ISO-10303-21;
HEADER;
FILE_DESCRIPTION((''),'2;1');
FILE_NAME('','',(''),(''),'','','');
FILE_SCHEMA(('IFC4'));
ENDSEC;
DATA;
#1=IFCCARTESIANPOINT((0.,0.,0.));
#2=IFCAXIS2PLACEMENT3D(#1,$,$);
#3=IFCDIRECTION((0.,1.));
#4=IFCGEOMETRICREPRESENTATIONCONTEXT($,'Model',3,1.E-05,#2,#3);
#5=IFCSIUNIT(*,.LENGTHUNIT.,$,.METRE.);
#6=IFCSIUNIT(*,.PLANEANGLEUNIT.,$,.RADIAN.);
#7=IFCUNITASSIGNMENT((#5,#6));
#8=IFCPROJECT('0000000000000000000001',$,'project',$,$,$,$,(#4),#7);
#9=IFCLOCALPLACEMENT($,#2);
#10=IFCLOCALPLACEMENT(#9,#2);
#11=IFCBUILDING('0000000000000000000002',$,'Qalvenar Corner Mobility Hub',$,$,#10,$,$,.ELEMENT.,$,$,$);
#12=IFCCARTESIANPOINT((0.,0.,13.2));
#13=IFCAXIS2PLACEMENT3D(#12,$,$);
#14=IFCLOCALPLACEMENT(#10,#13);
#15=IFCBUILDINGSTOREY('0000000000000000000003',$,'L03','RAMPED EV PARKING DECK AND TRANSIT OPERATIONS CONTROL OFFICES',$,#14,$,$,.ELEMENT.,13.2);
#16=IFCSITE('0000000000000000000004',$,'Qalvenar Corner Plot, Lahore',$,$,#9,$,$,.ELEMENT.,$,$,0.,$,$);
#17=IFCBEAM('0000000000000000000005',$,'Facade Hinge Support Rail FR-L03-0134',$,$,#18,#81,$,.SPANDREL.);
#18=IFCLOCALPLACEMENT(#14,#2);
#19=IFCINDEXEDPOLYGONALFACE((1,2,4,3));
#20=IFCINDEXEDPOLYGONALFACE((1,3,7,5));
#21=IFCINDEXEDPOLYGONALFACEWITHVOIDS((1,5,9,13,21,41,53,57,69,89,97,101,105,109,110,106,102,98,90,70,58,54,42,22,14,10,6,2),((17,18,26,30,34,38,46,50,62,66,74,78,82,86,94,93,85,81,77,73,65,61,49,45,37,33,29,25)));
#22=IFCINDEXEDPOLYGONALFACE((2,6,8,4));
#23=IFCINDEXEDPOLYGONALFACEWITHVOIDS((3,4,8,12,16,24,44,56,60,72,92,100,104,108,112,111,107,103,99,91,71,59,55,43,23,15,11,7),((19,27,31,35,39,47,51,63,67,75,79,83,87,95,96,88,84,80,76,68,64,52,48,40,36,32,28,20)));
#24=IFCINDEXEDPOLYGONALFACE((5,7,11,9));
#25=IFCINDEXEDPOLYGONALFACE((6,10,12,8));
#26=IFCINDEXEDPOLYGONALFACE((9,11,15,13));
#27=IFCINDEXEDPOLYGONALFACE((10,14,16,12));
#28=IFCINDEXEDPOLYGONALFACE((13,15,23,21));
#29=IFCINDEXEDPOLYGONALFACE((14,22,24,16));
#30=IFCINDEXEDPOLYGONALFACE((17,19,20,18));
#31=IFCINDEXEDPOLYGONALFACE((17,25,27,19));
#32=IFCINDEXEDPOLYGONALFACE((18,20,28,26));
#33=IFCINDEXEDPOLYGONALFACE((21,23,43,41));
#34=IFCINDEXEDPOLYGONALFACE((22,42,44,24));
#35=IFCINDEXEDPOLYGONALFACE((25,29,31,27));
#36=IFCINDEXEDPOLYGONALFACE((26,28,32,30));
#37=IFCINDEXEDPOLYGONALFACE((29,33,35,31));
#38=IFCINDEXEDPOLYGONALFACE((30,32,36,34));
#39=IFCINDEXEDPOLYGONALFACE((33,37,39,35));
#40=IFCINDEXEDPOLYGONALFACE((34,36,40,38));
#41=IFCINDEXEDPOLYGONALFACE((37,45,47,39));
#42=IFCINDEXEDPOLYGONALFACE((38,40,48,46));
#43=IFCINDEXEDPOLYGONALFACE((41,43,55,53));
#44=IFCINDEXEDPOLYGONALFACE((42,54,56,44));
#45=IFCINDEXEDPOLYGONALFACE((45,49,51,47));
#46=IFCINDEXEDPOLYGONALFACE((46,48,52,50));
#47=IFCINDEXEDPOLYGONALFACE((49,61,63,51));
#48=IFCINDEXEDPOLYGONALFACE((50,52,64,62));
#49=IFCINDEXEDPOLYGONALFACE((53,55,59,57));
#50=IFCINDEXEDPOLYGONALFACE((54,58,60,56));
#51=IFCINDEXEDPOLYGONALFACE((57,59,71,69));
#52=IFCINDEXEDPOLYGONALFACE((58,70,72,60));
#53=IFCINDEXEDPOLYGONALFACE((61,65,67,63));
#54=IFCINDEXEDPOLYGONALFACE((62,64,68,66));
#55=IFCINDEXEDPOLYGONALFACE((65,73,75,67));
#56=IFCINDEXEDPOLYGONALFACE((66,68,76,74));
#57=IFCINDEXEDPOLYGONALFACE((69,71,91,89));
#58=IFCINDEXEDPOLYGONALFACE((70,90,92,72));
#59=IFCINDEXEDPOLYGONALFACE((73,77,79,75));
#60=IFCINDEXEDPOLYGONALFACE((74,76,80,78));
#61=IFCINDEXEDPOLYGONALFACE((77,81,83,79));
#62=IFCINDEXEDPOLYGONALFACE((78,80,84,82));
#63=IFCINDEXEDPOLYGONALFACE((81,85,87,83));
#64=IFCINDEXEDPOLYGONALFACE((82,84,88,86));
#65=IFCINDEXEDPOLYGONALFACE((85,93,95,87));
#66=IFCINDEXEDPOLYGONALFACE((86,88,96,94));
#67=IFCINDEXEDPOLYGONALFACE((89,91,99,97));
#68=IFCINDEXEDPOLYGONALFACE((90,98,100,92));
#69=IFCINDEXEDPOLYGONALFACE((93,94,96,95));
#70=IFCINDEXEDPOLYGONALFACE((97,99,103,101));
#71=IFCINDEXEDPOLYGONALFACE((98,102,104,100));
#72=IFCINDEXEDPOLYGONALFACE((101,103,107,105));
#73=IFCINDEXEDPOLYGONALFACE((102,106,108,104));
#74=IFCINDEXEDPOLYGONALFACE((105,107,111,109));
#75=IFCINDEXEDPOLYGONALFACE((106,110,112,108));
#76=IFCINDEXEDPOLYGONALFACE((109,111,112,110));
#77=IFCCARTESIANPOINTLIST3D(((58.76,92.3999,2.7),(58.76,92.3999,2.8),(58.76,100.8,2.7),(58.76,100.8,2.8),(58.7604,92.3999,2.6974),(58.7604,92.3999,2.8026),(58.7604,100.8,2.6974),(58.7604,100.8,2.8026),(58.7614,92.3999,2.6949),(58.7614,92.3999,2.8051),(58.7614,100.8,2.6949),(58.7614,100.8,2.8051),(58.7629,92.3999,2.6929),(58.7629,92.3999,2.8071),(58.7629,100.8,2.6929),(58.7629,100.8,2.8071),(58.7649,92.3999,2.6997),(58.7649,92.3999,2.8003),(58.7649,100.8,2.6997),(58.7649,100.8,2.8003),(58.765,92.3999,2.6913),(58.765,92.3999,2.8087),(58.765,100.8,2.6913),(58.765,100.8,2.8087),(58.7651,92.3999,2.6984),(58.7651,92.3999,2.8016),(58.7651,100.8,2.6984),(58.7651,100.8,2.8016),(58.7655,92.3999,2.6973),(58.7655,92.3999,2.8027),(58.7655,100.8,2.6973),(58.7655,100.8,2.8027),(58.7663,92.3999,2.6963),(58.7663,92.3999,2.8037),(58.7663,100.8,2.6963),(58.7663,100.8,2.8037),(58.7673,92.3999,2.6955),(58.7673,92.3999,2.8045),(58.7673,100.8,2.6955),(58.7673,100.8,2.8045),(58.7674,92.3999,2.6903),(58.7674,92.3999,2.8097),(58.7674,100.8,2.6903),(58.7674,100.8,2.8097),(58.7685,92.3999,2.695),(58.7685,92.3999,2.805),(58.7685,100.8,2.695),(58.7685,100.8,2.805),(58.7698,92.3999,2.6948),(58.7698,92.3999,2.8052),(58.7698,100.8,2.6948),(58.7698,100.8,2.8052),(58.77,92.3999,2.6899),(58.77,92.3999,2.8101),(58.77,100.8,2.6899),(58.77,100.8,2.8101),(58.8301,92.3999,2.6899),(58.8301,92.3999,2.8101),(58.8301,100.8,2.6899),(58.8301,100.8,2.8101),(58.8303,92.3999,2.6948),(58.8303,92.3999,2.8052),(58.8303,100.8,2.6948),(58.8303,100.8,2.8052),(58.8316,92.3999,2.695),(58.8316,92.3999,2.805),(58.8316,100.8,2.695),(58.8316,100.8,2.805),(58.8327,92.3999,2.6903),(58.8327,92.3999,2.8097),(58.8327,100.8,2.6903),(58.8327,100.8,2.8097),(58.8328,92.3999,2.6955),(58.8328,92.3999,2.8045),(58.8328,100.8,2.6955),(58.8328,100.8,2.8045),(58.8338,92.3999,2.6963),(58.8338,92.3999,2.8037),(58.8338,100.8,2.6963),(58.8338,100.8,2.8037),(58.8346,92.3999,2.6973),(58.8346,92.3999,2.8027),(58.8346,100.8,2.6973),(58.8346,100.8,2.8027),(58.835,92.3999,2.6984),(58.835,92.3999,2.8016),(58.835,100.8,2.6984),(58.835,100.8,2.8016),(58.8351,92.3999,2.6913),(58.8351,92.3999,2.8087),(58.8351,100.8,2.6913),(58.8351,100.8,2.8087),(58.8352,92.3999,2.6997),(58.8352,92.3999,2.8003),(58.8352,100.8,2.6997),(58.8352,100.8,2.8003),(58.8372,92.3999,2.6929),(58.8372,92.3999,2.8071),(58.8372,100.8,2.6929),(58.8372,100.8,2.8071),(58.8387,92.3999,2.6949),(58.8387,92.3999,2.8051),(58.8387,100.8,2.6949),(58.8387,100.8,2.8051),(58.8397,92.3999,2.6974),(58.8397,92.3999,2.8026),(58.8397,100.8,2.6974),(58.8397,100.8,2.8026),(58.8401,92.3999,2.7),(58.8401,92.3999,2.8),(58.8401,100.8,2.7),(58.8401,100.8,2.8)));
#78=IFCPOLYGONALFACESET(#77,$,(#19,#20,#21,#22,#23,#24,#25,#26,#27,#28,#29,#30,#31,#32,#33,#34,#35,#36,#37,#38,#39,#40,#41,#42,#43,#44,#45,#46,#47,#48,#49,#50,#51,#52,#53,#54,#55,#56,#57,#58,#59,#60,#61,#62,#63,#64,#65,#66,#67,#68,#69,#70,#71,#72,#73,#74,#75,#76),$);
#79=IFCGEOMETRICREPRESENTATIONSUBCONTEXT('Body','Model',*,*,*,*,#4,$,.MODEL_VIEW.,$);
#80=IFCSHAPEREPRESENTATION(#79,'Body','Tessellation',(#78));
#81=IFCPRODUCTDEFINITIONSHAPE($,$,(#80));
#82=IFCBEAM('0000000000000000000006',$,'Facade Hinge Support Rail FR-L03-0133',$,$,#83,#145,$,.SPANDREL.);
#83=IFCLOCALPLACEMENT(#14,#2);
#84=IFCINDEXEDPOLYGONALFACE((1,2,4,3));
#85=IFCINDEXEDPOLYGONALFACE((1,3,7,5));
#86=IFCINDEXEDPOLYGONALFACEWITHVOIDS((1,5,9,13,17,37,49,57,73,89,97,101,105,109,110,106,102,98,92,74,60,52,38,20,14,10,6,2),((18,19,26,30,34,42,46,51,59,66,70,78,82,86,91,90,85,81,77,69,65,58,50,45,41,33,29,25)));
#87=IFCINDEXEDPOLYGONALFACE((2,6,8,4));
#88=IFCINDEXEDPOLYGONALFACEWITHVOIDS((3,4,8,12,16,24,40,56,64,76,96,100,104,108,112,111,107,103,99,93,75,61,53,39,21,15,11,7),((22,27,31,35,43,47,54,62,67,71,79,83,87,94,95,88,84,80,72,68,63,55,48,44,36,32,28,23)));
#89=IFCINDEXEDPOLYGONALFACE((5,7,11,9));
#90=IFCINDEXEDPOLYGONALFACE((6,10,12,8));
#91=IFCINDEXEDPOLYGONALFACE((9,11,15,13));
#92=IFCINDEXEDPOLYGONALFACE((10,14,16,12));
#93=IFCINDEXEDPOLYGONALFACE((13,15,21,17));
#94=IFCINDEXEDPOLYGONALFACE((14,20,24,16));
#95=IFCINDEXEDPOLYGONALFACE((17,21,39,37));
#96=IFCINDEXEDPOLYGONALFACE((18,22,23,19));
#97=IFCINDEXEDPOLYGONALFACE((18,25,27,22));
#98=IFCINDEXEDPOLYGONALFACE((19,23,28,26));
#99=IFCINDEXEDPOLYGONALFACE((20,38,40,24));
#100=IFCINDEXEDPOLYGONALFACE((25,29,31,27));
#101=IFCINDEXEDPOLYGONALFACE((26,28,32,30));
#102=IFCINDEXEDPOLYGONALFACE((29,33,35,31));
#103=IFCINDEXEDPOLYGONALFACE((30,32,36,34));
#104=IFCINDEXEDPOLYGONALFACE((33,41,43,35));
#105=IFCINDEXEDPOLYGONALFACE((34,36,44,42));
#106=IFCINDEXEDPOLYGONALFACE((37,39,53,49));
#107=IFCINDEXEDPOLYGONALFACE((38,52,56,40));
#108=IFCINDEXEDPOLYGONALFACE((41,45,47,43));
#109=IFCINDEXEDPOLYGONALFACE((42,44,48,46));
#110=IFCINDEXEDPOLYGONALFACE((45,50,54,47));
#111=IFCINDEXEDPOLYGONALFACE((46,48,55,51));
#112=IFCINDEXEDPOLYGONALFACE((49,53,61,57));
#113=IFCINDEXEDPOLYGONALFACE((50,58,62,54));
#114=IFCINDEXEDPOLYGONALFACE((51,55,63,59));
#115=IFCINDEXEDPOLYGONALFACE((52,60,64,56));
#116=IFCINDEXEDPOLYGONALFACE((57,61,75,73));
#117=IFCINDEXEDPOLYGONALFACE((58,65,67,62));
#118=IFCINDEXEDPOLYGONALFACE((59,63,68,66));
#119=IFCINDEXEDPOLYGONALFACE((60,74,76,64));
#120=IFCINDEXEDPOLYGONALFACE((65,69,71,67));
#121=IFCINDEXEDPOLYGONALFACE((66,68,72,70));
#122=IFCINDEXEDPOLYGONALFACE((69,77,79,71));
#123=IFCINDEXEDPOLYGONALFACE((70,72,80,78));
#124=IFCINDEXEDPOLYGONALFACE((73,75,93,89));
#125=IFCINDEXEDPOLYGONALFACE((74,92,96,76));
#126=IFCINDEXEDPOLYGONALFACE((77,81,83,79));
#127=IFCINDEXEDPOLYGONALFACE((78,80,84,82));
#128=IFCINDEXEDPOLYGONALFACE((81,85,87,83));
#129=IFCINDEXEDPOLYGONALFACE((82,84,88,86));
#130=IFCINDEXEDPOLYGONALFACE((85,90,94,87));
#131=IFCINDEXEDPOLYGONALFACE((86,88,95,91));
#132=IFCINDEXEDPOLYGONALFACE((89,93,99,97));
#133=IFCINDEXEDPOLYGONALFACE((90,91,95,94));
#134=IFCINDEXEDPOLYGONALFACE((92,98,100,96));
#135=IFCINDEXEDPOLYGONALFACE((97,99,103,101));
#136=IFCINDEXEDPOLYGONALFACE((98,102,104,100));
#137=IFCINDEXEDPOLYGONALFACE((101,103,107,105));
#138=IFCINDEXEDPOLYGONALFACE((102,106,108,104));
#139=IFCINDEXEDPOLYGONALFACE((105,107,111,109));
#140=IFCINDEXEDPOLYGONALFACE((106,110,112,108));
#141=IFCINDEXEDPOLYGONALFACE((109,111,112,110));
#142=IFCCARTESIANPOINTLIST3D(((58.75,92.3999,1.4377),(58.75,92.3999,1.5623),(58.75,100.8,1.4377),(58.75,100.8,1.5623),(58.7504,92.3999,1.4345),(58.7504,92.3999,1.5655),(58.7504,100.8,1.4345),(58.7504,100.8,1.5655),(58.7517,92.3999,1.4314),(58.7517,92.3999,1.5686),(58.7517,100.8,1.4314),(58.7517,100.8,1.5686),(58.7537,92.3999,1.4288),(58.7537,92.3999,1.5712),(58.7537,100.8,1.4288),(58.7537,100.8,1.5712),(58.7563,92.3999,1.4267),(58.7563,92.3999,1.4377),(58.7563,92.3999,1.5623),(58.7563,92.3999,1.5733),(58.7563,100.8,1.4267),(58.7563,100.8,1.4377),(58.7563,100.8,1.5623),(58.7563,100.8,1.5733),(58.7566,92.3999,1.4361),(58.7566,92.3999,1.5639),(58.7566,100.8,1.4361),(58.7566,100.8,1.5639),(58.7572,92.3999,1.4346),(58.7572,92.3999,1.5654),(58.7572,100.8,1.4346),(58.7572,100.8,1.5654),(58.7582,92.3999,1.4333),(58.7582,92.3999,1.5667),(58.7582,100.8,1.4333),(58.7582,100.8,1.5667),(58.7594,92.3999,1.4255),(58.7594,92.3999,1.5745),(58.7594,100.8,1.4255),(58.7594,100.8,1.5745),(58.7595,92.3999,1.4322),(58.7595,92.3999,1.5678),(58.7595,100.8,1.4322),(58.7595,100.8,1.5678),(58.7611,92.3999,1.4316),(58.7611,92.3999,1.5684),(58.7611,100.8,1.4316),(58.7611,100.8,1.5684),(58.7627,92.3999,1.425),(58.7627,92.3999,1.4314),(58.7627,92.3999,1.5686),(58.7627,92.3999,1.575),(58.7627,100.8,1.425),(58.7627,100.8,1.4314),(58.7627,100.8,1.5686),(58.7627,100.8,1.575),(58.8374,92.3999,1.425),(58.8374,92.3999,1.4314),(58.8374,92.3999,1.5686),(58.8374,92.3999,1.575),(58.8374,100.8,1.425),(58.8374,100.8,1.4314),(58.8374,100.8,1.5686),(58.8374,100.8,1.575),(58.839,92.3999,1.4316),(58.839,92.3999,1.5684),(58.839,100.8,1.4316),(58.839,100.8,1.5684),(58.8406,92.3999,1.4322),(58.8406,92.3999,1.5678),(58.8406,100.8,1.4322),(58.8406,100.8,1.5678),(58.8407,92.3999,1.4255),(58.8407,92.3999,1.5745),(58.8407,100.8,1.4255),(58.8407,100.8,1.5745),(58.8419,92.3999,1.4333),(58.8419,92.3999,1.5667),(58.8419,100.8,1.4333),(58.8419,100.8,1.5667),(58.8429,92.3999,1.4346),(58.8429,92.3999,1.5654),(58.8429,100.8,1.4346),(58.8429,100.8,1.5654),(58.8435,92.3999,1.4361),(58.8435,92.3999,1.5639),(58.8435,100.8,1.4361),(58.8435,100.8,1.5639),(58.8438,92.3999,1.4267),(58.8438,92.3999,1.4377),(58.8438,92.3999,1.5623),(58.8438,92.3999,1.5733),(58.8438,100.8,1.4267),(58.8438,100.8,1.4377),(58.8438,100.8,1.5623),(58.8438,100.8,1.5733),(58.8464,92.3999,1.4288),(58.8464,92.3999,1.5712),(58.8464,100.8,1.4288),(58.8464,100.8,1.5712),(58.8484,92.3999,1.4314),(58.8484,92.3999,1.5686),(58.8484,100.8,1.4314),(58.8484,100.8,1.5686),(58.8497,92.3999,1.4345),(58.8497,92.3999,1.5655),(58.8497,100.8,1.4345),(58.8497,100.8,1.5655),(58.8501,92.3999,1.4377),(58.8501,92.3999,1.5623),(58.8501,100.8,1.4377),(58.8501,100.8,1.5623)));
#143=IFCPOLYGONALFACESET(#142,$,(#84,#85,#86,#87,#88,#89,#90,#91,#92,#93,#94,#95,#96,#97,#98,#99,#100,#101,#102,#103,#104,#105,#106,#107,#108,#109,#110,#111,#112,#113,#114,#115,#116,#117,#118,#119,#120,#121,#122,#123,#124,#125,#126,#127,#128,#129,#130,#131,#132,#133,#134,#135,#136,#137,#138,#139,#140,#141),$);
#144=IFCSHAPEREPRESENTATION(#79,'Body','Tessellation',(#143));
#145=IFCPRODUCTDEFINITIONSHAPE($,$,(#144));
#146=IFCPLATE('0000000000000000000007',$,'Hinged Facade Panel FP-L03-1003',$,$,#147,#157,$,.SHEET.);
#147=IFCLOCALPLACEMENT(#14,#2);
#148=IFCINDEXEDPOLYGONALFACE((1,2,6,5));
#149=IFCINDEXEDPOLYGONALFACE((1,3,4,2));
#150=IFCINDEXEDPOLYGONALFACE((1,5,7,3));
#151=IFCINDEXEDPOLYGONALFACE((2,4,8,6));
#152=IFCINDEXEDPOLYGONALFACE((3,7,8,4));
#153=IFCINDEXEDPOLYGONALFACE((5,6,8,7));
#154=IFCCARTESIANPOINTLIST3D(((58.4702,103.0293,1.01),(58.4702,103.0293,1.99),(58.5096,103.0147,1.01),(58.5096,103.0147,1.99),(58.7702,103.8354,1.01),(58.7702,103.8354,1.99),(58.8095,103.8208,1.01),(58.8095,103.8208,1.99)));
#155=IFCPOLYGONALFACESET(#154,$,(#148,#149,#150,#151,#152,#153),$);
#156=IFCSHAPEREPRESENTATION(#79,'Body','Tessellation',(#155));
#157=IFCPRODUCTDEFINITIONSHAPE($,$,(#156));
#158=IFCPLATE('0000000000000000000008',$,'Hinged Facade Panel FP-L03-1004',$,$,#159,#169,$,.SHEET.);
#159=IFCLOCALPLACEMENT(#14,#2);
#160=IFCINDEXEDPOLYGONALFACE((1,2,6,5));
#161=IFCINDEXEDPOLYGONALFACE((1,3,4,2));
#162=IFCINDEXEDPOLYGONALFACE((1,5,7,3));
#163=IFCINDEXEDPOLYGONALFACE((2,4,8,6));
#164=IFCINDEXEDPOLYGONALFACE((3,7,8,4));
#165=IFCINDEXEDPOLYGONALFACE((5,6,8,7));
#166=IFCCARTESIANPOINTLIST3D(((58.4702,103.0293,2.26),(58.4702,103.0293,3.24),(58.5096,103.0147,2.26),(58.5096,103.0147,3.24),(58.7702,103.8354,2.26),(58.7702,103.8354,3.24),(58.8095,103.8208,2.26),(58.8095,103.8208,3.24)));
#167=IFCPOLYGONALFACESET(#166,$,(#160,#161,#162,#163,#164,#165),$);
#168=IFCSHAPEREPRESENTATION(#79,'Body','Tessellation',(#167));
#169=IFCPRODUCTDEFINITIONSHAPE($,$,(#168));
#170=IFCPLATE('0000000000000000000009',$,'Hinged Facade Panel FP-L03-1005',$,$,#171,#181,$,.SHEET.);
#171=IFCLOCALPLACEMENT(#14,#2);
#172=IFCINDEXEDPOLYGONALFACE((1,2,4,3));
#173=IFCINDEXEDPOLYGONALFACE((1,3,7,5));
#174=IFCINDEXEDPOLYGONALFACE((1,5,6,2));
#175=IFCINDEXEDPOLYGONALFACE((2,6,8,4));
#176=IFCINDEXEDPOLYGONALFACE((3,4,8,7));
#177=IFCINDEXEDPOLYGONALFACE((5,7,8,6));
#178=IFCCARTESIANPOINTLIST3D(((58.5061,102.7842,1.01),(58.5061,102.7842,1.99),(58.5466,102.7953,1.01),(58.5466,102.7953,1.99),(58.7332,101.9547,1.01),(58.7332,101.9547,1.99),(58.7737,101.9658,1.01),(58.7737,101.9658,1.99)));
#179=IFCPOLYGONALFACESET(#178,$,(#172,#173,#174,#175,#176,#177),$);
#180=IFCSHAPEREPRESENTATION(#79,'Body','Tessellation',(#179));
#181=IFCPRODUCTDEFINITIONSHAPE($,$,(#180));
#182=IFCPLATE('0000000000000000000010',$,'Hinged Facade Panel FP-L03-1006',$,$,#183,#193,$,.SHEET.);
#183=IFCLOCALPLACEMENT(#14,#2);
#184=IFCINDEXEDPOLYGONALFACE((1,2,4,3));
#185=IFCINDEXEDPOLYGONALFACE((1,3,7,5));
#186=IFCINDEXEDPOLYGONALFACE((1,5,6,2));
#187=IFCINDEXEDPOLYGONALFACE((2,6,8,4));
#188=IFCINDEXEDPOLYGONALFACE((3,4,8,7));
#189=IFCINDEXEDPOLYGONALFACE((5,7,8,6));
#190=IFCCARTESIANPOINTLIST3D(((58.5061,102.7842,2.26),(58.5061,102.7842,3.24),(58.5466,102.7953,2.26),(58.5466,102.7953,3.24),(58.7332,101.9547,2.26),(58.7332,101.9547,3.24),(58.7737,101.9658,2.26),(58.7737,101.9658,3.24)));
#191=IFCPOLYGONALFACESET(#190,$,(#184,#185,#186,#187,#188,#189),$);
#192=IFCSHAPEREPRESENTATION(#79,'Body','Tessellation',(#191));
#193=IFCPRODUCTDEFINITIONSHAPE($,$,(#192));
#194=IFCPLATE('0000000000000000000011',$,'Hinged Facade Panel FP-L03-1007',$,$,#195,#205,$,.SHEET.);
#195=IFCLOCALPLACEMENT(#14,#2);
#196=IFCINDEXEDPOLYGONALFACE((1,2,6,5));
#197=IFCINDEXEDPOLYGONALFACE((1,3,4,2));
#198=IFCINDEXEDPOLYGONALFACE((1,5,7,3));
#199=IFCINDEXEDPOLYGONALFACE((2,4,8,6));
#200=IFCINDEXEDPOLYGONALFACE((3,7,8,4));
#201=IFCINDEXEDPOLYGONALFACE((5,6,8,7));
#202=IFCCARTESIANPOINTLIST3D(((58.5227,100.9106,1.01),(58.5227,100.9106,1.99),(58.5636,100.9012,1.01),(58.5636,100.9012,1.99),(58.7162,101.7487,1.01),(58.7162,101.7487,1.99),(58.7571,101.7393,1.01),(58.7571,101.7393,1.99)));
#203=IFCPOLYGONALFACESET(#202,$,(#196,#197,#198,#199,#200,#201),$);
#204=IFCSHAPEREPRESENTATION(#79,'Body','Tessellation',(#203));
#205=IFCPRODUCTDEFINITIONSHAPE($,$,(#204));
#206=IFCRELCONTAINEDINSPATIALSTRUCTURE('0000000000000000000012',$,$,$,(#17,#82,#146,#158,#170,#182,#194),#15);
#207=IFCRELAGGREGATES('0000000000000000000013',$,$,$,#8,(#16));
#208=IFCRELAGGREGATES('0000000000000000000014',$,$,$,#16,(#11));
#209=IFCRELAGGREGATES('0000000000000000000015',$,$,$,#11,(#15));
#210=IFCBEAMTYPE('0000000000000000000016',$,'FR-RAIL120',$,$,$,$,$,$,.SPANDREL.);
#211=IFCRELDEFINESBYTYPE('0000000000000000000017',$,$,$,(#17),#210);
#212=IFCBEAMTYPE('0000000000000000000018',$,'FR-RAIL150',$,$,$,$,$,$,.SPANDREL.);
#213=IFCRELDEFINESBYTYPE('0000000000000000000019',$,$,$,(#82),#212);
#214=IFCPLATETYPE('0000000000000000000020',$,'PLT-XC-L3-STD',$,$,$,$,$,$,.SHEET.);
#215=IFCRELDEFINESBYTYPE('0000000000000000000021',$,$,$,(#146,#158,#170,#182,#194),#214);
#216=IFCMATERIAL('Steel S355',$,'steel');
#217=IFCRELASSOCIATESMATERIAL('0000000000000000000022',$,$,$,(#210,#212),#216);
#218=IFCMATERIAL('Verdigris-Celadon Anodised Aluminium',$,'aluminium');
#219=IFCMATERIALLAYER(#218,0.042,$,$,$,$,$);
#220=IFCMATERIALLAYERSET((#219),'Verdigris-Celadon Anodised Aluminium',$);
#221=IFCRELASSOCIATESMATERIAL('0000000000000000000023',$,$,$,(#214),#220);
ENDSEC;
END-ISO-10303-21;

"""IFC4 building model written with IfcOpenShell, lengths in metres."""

from ifc_helpers import new_model, si_unit, direction, frame, origin, origin_2d, place, context, subcontext, project, spatial, rectangle, hollow_rectangle, extrude, material, layer, layer_set, material_profile, profile_set, type_object, element, save


model = new_model("IFC4")

# Units and contexts
model_context = context("Model", 3, precision=1e-05, world=origin(), true_north=direction((0.0, 1.0)))
body_context = subcontext(model_context, "Body", "Model", "MODEL_VIEW")
ifc_project = project(units=[si_unit("LENGTHUNIT", "METRE"), si_unit("PLANEANGLEUNIT", "RADIAN")], contexts=[model_context])

# Site, building, storey
site_placement = place(None, origin())
site = spatial("IfcSite", under=ifc_project, at=site_placement, Name="Qalvenar Corner Plot, Lahore", CompositionType="ELEMENT", RefElevation=0.0)
building_placement = place(site_placement, origin())
building = spatial("IfcBuilding", under=site, at=building_placement, Name="Qalvenar Corner Mobility Hub", CompositionType="ELEMENT")
storey_placement = place(building_placement, frame((0.0, 0.0, 13.2)))
storey = spatial("IfcBuildingStorey", under=building, at=storey_placement, Name="L03", Description="RAMPED EV PARKING DECK AND TRANSIT OPERATIONS CONTROL OFFICES", CompositionType="ELEMENT", Elevation=13.2)

# Shared definitions
ifc_material_1 = material(Name="Steel S355", Category="steel")

# Beams
ifc_material_profile_1 = material_profile(ifc_material_1, hollow_rectangle(XDim=0.0801, YDim=0.1201, WallThickness=0.0049, InnerFilletRadius=0.0049, OuterFilletRadius=0.01, at=origin_2d()), Name="RHS120x80x5")
ifc_profile_set_1 = profile_set([ifc_material_profile_1], Name="Steel S355")
beam_type_1 = type_object("IfcBeamType", Name="FR-RAIL120", PredefinedType="SPANDREL", material=ifc_profile_set_1)
beam_1_placement = place(storey_placement, frame((58.8, 100.8, 2.75), z_axis=(0.0, -1.0, 0.0), x_axis=(1.0, 0.0, 0.0)))
element("IfcBeam", 1, at=beam_1_placement, inside=storey, type_object=beam_type_1, Name="Facade Hinge Support Rail FR-L03-0134", PredefinedType="SPANDREL", context=body_context, shape_type="SweptSolid", body=[
    extrude(hollow_rectangle(XDim=0.0801, YDim=0.1201, WallThickness=0.0049, InnerFilletRadius=0.0049, OuterFilletRadius=0.01, at=origin_2d()), origin(), (0.0, 0.0, 1.0), 8.4001),
])
ifc_material_profile_2 = material_profile(ifc_material_1, hollow_rectangle(XDim=0.1001, YDim=0.1499, WallThickness=0.0063, InnerFilletRadius=0.0063, OuterFilletRadius=0.0127, at=origin_2d()), Name="RHS150x100x6.3")
ifc_profile_set_2 = profile_set([ifc_material_profile_2], Name="Steel S355")
beam_type_2 = type_object("IfcBeamType", Name="FR-RAIL150", PredefinedType="SPANDREL", material=ifc_profile_set_2)
beam_2_placement = place(storey_placement, frame((58.8, 100.8, 1.5), z_axis=(0.0, -1.0, 0.0), x_axis=(1.0, 0.0, 0.0)))
element("IfcBeam", 2, at=beam_2_placement, inside=storey, type_object=beam_type_2, Name="Facade Hinge Support Rail FR-L03-0133", PredefinedType="SPANDREL", context=body_context, shape_type="SweptSolid", body=[
    extrude(hollow_rectangle(XDim=0.1001, YDim=0.1499, WallThickness=0.0063, InnerFilletRadius=0.0063, OuterFilletRadius=0.0127, at=origin_2d()), origin(), (0.0, 0.0, 1.0), 8.4001),
])

# Plates
ifc_material_2 = material(Name="Verdigris-Celadon Anodised Aluminium", Category="aluminium")
ifc_layer = layer(ifc_material_2, 0.042)
ifc_layer_set = layer_set([ifc_layer], Name="Verdigris-Celadon Anodised Aluminium")
plate_type = type_object("IfcPlateType", Name="PLT-XC-L3-STD", PredefinedType="SHEET", material=ifc_layer_set)
for number, where, z_axis, x_axis, name in (
    (3, (58.6399, 103.425, 1.01), (0.0, 0.0, 1.0), (-0.348736, -0.937221, 0.0), "Hinged Facade Panel FP-L03-1003"),
    (4, (58.6399, 103.425, 2.26), (0.0, 0.0, 1.0), (-0.348736, -0.937221, 0.0), "Hinged Facade Panel FP-L03-1004"),
    (5, (58.6399, 102.375, 1.01), (0.0, 0.0, 1.0), (0.264041, -0.964511, 0.0), "Hinged Facade Panel FP-L03-1005"),
    (6, (58.6399, 102.375, 2.26), (0.0, 0.0, 1.0), (0.264041, -0.964511, 0.0), "Hinged Facade Panel FP-L03-1006"),
    (7, (58.6399, 101.325, 1.01), (0.0, 0.0, 1.0), (-0.224951, -0.97437, 0.0), "Hinged Facade Panel FP-L03-1007"),
):
    element("IfcPlate", number, at=place(storey_placement, frame(where, z_axis=z_axis, x_axis=x_axis)), inside=storey, type_object=plate_type, Name=name, PredefinedType="SHEET", context=body_context, shape_type="SweptSolid", body=[
        extrude(rectangle(XDim=0.8601, YDim=0.042, at=origin_2d()), origin(), (0.0, 0.0, 1.0), 0.98),
    ])

save(model, "model.ifc")
